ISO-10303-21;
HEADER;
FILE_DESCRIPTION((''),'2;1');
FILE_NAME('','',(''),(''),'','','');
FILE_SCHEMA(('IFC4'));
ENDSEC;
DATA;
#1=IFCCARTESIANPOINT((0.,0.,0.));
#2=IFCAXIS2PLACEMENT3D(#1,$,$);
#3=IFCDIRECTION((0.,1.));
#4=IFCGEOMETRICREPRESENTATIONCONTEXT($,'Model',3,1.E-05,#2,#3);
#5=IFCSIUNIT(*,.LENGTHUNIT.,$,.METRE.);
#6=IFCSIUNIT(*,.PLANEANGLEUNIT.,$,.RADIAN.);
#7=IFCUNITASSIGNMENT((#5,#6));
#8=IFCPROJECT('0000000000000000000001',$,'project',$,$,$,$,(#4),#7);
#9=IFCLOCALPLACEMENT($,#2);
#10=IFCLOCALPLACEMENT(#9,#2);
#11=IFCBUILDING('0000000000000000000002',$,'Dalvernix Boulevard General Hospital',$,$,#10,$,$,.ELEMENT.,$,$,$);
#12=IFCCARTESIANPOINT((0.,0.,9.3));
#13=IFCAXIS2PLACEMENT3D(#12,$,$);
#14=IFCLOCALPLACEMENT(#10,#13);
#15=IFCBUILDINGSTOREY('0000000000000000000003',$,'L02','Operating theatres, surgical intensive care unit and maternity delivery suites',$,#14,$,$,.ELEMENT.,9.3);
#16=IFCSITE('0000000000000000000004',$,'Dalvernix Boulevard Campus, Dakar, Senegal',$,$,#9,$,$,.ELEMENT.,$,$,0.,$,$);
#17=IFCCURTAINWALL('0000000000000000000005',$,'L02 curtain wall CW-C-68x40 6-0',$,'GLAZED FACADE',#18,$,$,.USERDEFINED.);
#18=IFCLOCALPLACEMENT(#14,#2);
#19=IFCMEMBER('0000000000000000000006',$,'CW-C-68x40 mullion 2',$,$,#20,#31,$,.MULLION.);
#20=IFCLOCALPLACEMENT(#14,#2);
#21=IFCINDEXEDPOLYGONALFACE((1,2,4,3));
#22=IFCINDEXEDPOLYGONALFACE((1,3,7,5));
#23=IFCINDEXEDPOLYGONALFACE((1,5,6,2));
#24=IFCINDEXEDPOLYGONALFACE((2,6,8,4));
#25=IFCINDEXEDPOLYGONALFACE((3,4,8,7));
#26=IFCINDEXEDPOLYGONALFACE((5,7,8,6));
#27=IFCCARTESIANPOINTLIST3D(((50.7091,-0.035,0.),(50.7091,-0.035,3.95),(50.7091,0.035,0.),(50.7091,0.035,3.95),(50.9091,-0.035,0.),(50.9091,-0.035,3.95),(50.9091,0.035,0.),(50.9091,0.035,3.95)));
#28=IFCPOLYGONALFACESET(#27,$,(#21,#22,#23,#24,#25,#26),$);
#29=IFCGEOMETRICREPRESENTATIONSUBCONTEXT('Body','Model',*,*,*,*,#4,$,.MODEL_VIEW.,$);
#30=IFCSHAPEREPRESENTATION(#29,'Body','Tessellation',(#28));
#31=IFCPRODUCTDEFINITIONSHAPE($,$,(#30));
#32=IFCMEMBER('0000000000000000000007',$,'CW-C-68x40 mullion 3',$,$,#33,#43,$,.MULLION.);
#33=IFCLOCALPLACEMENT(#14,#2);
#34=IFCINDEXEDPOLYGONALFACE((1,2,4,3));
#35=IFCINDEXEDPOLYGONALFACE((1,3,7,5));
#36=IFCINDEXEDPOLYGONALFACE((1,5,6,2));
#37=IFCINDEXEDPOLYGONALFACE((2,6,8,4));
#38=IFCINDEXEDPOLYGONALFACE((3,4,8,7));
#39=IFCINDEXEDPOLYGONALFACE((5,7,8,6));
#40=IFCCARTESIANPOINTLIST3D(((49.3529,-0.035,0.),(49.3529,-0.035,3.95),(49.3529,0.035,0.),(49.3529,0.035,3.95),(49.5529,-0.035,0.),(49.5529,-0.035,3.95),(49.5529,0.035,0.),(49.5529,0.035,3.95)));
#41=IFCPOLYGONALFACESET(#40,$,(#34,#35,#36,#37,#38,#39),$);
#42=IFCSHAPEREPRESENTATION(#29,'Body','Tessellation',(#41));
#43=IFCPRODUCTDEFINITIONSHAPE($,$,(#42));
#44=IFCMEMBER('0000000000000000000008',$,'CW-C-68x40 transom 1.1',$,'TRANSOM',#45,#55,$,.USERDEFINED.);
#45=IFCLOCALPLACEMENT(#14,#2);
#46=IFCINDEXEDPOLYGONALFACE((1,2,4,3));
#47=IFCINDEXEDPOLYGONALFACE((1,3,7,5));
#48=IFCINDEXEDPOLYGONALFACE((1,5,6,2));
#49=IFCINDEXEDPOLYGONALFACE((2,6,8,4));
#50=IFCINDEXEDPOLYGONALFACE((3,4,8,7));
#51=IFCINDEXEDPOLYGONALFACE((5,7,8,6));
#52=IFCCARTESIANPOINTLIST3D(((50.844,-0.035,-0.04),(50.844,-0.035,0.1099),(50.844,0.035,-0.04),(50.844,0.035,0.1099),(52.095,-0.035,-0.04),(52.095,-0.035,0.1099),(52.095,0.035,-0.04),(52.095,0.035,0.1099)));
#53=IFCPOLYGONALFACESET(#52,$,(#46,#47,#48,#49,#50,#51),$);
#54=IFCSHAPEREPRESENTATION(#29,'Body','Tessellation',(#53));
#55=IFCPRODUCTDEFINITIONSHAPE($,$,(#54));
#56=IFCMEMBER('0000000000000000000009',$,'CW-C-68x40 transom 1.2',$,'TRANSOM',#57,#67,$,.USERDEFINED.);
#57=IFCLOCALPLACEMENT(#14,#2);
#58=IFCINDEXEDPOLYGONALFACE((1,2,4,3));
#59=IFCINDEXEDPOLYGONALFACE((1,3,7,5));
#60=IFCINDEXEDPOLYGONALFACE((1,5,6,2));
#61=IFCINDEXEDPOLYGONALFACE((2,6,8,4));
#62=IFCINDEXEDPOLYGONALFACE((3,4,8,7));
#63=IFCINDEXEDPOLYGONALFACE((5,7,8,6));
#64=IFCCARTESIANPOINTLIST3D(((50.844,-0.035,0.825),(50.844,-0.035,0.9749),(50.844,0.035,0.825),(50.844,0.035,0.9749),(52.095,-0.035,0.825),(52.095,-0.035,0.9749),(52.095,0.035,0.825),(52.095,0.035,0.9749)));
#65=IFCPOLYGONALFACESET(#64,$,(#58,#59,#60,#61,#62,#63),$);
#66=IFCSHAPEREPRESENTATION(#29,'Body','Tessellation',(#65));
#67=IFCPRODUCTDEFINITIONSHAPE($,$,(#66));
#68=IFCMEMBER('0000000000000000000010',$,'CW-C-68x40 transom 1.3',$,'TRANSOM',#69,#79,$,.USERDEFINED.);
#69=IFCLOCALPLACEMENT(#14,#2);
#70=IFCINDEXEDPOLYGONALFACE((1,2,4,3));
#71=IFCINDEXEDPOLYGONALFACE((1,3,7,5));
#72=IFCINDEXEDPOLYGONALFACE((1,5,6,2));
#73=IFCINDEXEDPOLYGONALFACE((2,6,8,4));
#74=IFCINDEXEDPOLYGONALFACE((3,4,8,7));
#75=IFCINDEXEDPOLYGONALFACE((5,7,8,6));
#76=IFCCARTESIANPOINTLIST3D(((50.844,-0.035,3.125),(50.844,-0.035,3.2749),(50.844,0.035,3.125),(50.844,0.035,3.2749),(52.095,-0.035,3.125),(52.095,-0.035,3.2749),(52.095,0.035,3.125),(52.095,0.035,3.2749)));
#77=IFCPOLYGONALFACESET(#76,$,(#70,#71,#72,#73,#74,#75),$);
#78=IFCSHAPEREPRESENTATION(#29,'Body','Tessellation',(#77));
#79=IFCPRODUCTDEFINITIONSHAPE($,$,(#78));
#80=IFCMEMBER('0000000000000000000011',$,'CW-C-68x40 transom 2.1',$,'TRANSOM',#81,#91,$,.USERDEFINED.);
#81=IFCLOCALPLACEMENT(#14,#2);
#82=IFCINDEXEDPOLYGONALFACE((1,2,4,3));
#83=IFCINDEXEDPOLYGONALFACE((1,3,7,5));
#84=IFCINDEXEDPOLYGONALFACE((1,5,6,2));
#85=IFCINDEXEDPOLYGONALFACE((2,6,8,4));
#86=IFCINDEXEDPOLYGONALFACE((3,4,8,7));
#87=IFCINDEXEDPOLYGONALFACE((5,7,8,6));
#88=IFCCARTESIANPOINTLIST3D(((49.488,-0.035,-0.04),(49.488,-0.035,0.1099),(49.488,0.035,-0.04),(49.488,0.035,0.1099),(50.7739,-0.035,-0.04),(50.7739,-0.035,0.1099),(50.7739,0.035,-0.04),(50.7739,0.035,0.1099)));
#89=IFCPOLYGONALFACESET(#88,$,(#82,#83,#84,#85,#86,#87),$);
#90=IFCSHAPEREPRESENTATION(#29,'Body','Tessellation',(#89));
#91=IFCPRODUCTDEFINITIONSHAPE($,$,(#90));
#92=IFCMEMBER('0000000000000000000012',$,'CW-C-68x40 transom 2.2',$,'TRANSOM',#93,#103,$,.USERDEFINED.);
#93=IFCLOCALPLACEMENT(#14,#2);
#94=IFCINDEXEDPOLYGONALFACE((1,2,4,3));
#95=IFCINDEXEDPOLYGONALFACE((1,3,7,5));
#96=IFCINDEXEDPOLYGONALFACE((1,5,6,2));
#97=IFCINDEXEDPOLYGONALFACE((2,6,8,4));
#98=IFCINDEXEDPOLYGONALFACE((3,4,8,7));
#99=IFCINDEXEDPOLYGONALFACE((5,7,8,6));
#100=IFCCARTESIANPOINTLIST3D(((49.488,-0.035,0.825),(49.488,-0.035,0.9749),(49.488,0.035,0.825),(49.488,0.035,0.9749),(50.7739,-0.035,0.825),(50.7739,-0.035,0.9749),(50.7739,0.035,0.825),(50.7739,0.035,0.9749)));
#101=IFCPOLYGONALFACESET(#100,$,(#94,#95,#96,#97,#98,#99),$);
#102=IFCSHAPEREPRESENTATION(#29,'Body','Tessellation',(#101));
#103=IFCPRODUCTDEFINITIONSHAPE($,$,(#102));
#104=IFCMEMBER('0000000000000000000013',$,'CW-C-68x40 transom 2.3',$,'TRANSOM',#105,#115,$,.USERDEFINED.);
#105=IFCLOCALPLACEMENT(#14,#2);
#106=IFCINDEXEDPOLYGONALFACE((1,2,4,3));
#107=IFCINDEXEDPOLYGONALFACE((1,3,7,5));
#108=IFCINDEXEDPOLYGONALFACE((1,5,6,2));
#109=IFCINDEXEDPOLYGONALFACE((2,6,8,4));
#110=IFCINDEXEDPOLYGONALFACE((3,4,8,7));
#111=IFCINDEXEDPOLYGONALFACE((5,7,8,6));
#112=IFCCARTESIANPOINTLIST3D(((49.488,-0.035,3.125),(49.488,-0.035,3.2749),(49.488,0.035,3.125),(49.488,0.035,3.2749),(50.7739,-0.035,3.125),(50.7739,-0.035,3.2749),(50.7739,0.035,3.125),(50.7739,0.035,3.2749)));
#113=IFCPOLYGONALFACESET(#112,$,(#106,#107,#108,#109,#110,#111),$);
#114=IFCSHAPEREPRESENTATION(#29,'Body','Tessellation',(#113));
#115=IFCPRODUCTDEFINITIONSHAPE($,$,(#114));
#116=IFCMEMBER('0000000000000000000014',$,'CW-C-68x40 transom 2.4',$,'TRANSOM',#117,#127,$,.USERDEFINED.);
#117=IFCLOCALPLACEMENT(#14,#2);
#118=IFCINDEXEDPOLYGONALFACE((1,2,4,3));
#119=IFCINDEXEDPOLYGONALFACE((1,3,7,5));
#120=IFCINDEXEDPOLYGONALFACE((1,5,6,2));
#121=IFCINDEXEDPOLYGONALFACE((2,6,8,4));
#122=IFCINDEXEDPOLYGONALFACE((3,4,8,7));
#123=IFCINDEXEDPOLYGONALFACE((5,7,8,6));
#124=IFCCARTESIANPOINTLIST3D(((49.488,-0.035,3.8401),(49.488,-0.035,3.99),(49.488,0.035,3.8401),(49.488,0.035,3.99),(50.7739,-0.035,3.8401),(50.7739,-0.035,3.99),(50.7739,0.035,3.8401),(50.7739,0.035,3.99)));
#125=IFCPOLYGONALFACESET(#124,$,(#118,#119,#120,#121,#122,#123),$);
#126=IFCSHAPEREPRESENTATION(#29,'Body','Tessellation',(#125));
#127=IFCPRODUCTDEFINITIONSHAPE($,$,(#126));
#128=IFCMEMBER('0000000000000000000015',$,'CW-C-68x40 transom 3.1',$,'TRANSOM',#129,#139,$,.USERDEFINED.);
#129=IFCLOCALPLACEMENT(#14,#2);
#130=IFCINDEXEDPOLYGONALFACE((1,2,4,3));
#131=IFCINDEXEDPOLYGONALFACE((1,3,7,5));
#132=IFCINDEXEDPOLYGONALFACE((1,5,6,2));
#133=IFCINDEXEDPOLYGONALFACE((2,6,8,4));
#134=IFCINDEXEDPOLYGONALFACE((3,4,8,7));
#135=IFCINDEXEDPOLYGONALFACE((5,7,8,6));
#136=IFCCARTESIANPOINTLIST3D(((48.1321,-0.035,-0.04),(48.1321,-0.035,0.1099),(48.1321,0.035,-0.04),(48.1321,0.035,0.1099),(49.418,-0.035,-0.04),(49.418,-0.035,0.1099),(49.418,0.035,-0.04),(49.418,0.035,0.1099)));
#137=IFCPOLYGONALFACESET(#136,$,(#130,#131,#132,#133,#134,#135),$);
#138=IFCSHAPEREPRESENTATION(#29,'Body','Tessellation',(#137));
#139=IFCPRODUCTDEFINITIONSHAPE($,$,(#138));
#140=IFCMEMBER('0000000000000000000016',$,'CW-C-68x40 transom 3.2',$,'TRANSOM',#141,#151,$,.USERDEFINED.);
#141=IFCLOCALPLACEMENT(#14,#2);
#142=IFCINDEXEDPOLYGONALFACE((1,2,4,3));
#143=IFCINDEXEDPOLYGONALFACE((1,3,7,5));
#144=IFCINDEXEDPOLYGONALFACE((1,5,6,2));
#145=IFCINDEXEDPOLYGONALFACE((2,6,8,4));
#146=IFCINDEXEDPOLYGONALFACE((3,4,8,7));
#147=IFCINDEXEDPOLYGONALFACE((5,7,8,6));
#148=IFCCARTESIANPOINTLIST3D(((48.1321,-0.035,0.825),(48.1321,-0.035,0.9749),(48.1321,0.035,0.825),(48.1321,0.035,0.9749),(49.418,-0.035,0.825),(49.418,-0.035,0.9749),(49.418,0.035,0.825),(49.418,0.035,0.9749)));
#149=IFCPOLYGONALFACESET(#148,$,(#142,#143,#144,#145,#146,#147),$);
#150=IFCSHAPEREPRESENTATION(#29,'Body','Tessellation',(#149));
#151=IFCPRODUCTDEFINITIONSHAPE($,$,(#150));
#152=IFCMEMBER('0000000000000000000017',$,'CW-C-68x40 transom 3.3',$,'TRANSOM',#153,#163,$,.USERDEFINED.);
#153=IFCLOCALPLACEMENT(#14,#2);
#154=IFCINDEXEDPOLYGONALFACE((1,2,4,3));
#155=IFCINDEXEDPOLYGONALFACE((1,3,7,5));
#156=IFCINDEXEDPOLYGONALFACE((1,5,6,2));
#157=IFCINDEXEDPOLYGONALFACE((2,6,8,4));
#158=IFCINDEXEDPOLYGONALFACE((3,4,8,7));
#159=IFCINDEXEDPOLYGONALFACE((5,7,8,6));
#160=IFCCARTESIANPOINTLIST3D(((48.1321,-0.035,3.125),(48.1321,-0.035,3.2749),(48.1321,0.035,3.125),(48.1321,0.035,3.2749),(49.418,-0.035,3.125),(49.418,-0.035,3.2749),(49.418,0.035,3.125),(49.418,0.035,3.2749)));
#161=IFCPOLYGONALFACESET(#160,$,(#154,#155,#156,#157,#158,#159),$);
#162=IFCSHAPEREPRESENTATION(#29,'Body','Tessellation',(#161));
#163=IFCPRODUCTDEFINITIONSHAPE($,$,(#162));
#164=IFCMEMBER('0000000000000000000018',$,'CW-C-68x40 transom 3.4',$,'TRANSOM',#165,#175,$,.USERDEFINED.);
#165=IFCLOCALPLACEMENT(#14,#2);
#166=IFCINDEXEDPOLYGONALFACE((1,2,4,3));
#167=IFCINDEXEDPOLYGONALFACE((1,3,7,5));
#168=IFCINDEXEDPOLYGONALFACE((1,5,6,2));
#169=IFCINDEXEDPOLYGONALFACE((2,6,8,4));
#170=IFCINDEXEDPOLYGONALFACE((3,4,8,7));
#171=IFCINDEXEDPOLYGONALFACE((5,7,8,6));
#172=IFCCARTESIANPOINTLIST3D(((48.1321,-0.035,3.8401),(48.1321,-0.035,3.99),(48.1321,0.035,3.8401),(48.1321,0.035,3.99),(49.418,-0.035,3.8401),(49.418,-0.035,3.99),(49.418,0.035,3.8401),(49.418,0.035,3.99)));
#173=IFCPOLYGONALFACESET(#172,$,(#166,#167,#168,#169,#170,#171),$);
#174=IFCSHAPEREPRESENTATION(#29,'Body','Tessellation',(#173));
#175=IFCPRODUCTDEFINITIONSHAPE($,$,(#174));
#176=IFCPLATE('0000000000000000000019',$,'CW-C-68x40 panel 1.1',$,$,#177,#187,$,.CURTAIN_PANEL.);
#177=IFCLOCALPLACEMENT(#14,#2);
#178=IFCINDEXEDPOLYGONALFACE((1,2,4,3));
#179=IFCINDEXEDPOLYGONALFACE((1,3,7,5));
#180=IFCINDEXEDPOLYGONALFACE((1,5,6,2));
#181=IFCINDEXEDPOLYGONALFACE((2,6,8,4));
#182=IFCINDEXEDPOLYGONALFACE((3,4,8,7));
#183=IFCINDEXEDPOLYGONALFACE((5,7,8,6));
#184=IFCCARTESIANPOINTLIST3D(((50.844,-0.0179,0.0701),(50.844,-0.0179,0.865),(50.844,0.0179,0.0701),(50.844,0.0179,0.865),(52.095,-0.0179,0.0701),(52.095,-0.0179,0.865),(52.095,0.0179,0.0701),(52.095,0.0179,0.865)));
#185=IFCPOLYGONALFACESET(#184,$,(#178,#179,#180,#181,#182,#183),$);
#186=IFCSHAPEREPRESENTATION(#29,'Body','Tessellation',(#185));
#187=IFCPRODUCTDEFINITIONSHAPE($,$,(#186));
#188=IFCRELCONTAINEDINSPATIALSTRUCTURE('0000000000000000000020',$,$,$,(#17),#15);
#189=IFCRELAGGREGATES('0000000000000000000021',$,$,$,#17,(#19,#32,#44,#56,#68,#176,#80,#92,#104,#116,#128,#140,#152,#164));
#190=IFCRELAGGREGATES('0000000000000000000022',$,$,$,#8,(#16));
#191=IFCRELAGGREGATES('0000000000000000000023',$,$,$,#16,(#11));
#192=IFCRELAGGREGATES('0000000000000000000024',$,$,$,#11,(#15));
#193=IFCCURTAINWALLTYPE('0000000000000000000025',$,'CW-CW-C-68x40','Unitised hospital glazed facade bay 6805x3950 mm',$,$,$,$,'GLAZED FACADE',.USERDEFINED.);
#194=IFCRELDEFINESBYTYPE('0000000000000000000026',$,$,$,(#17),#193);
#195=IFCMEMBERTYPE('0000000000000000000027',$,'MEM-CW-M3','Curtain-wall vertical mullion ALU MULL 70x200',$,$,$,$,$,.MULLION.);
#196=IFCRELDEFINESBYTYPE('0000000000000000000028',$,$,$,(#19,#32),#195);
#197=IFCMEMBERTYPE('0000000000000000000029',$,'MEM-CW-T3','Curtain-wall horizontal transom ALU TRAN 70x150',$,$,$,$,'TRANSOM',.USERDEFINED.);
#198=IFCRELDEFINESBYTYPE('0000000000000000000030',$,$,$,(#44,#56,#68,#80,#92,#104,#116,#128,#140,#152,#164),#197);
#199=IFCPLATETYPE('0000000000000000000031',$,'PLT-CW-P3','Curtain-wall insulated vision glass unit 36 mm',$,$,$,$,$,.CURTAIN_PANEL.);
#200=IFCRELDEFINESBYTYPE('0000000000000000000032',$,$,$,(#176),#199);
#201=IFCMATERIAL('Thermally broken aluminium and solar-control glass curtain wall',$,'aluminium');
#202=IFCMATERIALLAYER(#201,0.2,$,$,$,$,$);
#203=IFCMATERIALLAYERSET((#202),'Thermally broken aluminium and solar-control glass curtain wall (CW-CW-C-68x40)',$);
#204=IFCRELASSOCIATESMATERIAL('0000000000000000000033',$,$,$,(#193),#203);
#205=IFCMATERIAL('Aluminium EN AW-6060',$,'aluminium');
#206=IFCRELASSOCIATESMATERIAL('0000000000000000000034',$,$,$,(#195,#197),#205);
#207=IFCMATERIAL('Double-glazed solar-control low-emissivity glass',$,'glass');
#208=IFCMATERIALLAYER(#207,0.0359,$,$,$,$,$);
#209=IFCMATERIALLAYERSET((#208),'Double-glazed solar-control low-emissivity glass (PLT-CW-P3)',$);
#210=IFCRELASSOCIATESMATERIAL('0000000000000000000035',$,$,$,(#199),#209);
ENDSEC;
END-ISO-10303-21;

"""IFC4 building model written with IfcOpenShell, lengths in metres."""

from ifc_helpers import new_model, si_unit, direction, frame, origin, origin_2d, place, context, subcontext, project, spatial, rectangle, extrude, material, layer, layer_set, material_profile, profile_set, type_object, element, aggregate, save


model = new_model("IFC4")

# Units and contexts
model_context = context("Model", 3, precision=1e-05, world=origin(), true_north=direction((0.0, 1.0)))
body_context = subcontext(model_context, "Body", "Model", "MODEL_VIEW")
ifc_project = project(units=[si_unit("LENGTHUNIT", "METRE"), si_unit("PLANEANGLEUNIT", "RADIAN")], contexts=[model_context])

# Site, building, storey
site_placement = place(None, origin())
site = spatial("IfcSite", under=ifc_project, at=site_placement, Name="Dalvernix Boulevard Campus, Dakar, Senegal", CompositionType="ELEMENT", RefElevation=0.0)
building_placement = place(site_placement, origin())
building = spatial("IfcBuilding", under=site, at=building_placement, Name="Dalvernix Boulevard General Hospital", CompositionType="ELEMENT")
storey_placement = place(building_placement, frame((0.0, 0.0, 9.3)))
storey = spatial("IfcBuildingStorey", under=building, at=storey_placement, Name="L02", Description="Operating theatres, surgical intensive care unit and maternity delivery suites", CompositionType="ELEMENT", Elevation=9.3)

# Curtain wall, members, plate
ifc_material_1 = material(Name="Thermally broken aluminium and solar-control glass curtain wall", Category="aluminium")
ifc_layer_1 = layer(ifc_material_1, 0.2)
ifc_layer_set_1 = layer_set([ifc_layer_1], Name="Thermally broken aluminium and solar-control glass curtain wall (CW-CW-C-68x40)")
curtain_wall_type = type_object("IfcCurtainWallType", Name="CW-CW-C-68x40", Description="Unitised hospital glazed facade bay 6805x3950 mm", ElementType="GLAZED FACADE", PredefinedType="USERDEFINED", material=ifc_layer_set_1)
curtain_wall_placement = place(storey_placement, origin())
curtain_wall = element("IfcCurtainWall", 1, at=curtain_wall_placement, inside=storey, type_object=curtain_wall_type, Name="L02 curtain wall CW-C-68x40 6-0", ObjectType="GLAZED FACADE", PredefinedType="USERDEFINED")
ifc_material_2 = material(Name="Aluminium EN AW-6060", Category="aluminium")
ifc_material_profile_1 = material_profile(ifc_material_2, rectangle(XDim=0.0701, YDim=0.2, at=origin_2d()), Name="ALU MULL 70x200")
ifc_profile_set_1 = profile_set([ifc_material_profile_1], Name="Aluminium EN AW-6060")
member_type_1 = type_object("IfcMemberType", Name="MEM-CW-M3", Description="Curtain-wall vertical mullion ALU MULL 70x200", PredefinedType="MULLION", material=ifc_profile_set_1)
member_1_placement = place(storey_placement, frame((50.8091, 0.0, 0.0), z_axis=(0.0, 0.0, 1.0), x_axis=(0.0, -1.0, 0.0)))
member_1 = element("IfcMember", 2, at=member_1_placement, type_object=member_type_1, Name="CW-C-68x40 mullion 2", PredefinedType="MULLION", context=body_context, shape_type="SweptSolid", body=[
    extrude(rectangle(XDim=0.0701, YDim=0.2, at=origin_2d()), origin(), (0.0, 0.0, 1.0), 3.95),
])
member_2_placement = place(storey_placement, frame((49.4529, 0.0, 0.0), z_axis=(0.0, 0.0, 1.0), x_axis=(0.0, -1.0, 0.0)))
member_2 = element("IfcMember", 3, at=member_2_placement, type_object=member_type_1, Name="CW-C-68x40 mullion 3", PredefinedType="MULLION", context=body_context, shape_type="SweptSolid", body=[
    extrude(rectangle(XDim=0.0701, YDim=0.2, at=origin_2d()), origin(), (0.0, 0.0, 1.0), 3.95),
])
ifc_material_profile_2 = material_profile(ifc_material_2, rectangle(XDim=0.0701, YDim=0.1499, at=origin_2d()), Name="ALU TRAN 70x150")
ifc_profile_set_2 = profile_set([ifc_material_profile_2], Name="Aluminium EN AW-6060")
member_type_2 = type_object("IfcMemberType", Name="MEM-CW-T3", Description="Curtain-wall horizontal transom ALU TRAN 70x150", ElementType="TRANSOM", PredefinedType="USERDEFINED", material=ifc_profile_set_2)
member_3_placement = place(storey_placement, frame((52.095, 0.0, 0.0349), z_axis=(-1.0, 0.0, 0.0), x_axis=(0.0, -1.0, 0.0)))
member_3 = element("IfcMember", 4, at=member_3_placement, type_object=member_type_2, Name="CW-C-68x40 transom 1.1", ObjectType="TRANSOM", PredefinedType="USERDEFINED", context=body_context, shape_type="SweptSolid", body=[
    extrude(rectangle(XDim=0.0701, YDim=0.1499, at=origin_2d()), origin(), (0.0, 0.0, 1.0), 1.251),
])
member_4_placement = place(storey_placement, frame((52.095, 0.0, 0.8999), z_axis=(-1.0, 0.0, 0.0), x_axis=(0.0, -1.0, 0.0)))
member_4 = element("IfcMember", 5, at=member_4_placement, type_object=member_type_2, Name="CW-C-68x40 transom 1.2", ObjectType="TRANSOM", PredefinedType="USERDEFINED", context=body_context, shape_type="SweptSolid", body=[
    extrude(rectangle(XDim=0.0701, YDim=0.1499, at=origin_2d()), origin(), (0.0, 0.0, 1.0), 1.251),
])
member_5_placement = place(storey_placement, frame((52.095, 0.0, 3.2), z_axis=(-1.0, 0.0, 0.0), x_axis=(0.0, -1.0, 0.0)))
member_5 = element("IfcMember", 6, at=member_5_placement, type_object=member_type_2, Name="CW-C-68x40 transom 1.3", ObjectType="TRANSOM", PredefinedType="USERDEFINED", context=body_context, shape_type="SweptSolid", body=[
    extrude(rectangle(XDim=0.0701, YDim=0.1499, at=origin_2d()), origin(), (0.0, 0.0, 1.0), 1.251),
])
member_6_placement = place(storey_placement, frame((50.7739, 0.0, 0.0349), z_axis=(-1.0, 0.0, 0.0), x_axis=(0.0, -1.0, 0.0)))
member_6 = element("IfcMember", 7, at=member_6_placement, type_object=member_type_2, Name="CW-C-68x40 transom 2.1", ObjectType="TRANSOM", PredefinedType="USERDEFINED", context=body_context, shape_type="SweptSolid", body=[
    extrude(rectangle(XDim=0.0701, YDim=0.1499, at=origin_2d()), origin(), (0.0, 0.0, 1.0), 1.2859),
])
member_7_placement = place(storey_placement, frame((50.7739, 0.0, 0.8999), z_axis=(-1.0, 0.0, 0.0), x_axis=(0.0, -1.0, 0.0)))
member_7 = element("IfcMember", 8, at=member_7_placement, type_object=member_type_2, Name="CW-C-68x40 transom 2.2", ObjectType="TRANSOM", PredefinedType="USERDEFINED", context=body_context, shape_type="SweptSolid", body=[
    extrude(rectangle(XDim=0.0701, YDim=0.1499, at=origin_2d()), origin(), (0.0, 0.0, 1.0), 1.2859),
])
member_8_placement = place(storey_placement, frame((50.7739, 0.0, 3.2), z_axis=(-1.0, 0.0, 0.0), x_axis=(0.0, -1.0, 0.0)))
member_8 = element("IfcMember", 9, at=member_8_placement, type_object=member_type_2, Name="CW-C-68x40 transom 2.3", ObjectType="TRANSOM", PredefinedType="USERDEFINED", context=body_context, shape_type="SweptSolid", body=[
    extrude(rectangle(XDim=0.0701, YDim=0.1499, at=origin_2d()), origin(), (0.0, 0.0, 1.0), 1.2859),
])
member_9_placement = place(storey_placement, frame((50.7739, 0.0, 3.915), z_axis=(-1.0, 0.0, 0.0), x_axis=(0.0, -1.0, 0.0)))
member_9 = element("IfcMember", 10, at=member_9_placement, type_object=member_type_2, Name="CW-C-68x40 transom 2.4", ObjectType="TRANSOM", PredefinedType="USERDEFINED", context=body_context, shape_type="SweptSolid", body=[
    extrude(rectangle(XDim=0.0701, YDim=0.1499, at=origin_2d()), origin(), (0.0, 0.0, 1.0), 1.2859),
])
member_10_placement = place(storey_placement, frame((49.418, 0.0, 0.0349), z_axis=(-1.0, 0.0, 0.0), x_axis=(0.0, -1.0, 0.0)))
member_10 = element("IfcMember", 11, at=member_10_placement, type_object=member_type_2, Name="CW-C-68x40 transom 3.1", ObjectType="TRANSOM", PredefinedType="USERDEFINED", context=body_context, shape_type="SweptSolid", body=[
    extrude(rectangle(XDim=0.0701, YDim=0.1499, at=origin_2d()), origin(), (0.0, 0.0, 1.0), 1.2859),
])
member_11_placement = place(storey_placement, frame((49.418, 0.0, 0.8999), z_axis=(-1.0, 0.0, 0.0), x_axis=(0.0, -1.0, 0.0)))
member_11 = element("IfcMember", 12, at=member_11_placement, type_object=member_type_2, Name="CW-C-68x40 transom 3.2", ObjectType="TRANSOM", PredefinedType="USERDEFINED", context=body_context, shape_type="SweptSolid", body=[
    extrude(rectangle(XDim=0.0701, YDim=0.1499, at=origin_2d()), origin(), (0.0, 0.0, 1.0), 1.2859),
])
member_12_placement = place(storey_placement, frame((49.418, 0.0, 3.2), z_axis=(-1.0, 0.0, 0.0), x_axis=(0.0, -1.0, 0.0)))
member_12 = element("IfcMember", 13, at=member_12_placement, type_object=member_type_2, Name="CW-C-68x40 transom 3.3", ObjectType="TRANSOM", PredefinedType="USERDEFINED", context=body_context, shape_type="SweptSolid", body=[
    extrude(rectangle(XDim=0.0701, YDim=0.1499, at=origin_2d()), origin(), (0.0, 0.0, 1.0), 1.2859),
])
member_13_placement = place(storey_placement, frame((49.418, 0.0, 3.915), z_axis=(-1.0, 0.0, 0.0), x_axis=(0.0, -1.0, 0.0)))
member_13 = element("IfcMember", 14, at=member_13_placement, type_object=member_type_2, Name="CW-C-68x40 transom 3.4", ObjectType="TRANSOM", PredefinedType="USERDEFINED", context=body_context, shape_type="SweptSolid", body=[
    extrude(rectangle(XDim=0.0701, YDim=0.1499, at=origin_2d()), origin(), (0.0, 0.0, 1.0), 1.2859),
])
ifc_material_3 = material(Name="Double-glazed solar-control low-emissivity glass", Category="glass")
ifc_layer_2 = layer(ifc_material_3, 0.0359)
ifc_layer_set_2 = layer_set([ifc_layer_2], Name="Double-glazed solar-control low-emissivity glass (PLT-CW-P3)")
plate_type = type_object("IfcPlateType", Name="PLT-CW-P3", Description="Curtain-wall insulated vision glass unit 36 mm", PredefinedType="CURTAIN_PANEL", material=ifc_layer_set_2)
plate_1_placement = place(storey_placement, frame((51.4695, 0.0, 0.0701), z_axis=(0.0, 0.0, 1.0), x_axis=(-1.0, 0.0, 0.0)))
plate_1 = element("IfcPlate", 15, at=plate_1_placement, type_object=plate_type, Name="CW-C-68x40 panel 1.1", PredefinedType="CURTAIN_PANEL", context=body_context, shape_type="SweptSolid", body=[
    extrude(rectangle(XDim=1.251, YDim=0.0359, at=origin_2d()), origin(), (0.0, 0.0, 1.0), 0.7949),
])
aggregate(curtain_wall, [member_1, member_2, member_3, member_4, member_5, plate_1, member_6, member_7, member_8, member_9, member_10, member_11, member_12, member_13])

save(model, "model.ifc")
